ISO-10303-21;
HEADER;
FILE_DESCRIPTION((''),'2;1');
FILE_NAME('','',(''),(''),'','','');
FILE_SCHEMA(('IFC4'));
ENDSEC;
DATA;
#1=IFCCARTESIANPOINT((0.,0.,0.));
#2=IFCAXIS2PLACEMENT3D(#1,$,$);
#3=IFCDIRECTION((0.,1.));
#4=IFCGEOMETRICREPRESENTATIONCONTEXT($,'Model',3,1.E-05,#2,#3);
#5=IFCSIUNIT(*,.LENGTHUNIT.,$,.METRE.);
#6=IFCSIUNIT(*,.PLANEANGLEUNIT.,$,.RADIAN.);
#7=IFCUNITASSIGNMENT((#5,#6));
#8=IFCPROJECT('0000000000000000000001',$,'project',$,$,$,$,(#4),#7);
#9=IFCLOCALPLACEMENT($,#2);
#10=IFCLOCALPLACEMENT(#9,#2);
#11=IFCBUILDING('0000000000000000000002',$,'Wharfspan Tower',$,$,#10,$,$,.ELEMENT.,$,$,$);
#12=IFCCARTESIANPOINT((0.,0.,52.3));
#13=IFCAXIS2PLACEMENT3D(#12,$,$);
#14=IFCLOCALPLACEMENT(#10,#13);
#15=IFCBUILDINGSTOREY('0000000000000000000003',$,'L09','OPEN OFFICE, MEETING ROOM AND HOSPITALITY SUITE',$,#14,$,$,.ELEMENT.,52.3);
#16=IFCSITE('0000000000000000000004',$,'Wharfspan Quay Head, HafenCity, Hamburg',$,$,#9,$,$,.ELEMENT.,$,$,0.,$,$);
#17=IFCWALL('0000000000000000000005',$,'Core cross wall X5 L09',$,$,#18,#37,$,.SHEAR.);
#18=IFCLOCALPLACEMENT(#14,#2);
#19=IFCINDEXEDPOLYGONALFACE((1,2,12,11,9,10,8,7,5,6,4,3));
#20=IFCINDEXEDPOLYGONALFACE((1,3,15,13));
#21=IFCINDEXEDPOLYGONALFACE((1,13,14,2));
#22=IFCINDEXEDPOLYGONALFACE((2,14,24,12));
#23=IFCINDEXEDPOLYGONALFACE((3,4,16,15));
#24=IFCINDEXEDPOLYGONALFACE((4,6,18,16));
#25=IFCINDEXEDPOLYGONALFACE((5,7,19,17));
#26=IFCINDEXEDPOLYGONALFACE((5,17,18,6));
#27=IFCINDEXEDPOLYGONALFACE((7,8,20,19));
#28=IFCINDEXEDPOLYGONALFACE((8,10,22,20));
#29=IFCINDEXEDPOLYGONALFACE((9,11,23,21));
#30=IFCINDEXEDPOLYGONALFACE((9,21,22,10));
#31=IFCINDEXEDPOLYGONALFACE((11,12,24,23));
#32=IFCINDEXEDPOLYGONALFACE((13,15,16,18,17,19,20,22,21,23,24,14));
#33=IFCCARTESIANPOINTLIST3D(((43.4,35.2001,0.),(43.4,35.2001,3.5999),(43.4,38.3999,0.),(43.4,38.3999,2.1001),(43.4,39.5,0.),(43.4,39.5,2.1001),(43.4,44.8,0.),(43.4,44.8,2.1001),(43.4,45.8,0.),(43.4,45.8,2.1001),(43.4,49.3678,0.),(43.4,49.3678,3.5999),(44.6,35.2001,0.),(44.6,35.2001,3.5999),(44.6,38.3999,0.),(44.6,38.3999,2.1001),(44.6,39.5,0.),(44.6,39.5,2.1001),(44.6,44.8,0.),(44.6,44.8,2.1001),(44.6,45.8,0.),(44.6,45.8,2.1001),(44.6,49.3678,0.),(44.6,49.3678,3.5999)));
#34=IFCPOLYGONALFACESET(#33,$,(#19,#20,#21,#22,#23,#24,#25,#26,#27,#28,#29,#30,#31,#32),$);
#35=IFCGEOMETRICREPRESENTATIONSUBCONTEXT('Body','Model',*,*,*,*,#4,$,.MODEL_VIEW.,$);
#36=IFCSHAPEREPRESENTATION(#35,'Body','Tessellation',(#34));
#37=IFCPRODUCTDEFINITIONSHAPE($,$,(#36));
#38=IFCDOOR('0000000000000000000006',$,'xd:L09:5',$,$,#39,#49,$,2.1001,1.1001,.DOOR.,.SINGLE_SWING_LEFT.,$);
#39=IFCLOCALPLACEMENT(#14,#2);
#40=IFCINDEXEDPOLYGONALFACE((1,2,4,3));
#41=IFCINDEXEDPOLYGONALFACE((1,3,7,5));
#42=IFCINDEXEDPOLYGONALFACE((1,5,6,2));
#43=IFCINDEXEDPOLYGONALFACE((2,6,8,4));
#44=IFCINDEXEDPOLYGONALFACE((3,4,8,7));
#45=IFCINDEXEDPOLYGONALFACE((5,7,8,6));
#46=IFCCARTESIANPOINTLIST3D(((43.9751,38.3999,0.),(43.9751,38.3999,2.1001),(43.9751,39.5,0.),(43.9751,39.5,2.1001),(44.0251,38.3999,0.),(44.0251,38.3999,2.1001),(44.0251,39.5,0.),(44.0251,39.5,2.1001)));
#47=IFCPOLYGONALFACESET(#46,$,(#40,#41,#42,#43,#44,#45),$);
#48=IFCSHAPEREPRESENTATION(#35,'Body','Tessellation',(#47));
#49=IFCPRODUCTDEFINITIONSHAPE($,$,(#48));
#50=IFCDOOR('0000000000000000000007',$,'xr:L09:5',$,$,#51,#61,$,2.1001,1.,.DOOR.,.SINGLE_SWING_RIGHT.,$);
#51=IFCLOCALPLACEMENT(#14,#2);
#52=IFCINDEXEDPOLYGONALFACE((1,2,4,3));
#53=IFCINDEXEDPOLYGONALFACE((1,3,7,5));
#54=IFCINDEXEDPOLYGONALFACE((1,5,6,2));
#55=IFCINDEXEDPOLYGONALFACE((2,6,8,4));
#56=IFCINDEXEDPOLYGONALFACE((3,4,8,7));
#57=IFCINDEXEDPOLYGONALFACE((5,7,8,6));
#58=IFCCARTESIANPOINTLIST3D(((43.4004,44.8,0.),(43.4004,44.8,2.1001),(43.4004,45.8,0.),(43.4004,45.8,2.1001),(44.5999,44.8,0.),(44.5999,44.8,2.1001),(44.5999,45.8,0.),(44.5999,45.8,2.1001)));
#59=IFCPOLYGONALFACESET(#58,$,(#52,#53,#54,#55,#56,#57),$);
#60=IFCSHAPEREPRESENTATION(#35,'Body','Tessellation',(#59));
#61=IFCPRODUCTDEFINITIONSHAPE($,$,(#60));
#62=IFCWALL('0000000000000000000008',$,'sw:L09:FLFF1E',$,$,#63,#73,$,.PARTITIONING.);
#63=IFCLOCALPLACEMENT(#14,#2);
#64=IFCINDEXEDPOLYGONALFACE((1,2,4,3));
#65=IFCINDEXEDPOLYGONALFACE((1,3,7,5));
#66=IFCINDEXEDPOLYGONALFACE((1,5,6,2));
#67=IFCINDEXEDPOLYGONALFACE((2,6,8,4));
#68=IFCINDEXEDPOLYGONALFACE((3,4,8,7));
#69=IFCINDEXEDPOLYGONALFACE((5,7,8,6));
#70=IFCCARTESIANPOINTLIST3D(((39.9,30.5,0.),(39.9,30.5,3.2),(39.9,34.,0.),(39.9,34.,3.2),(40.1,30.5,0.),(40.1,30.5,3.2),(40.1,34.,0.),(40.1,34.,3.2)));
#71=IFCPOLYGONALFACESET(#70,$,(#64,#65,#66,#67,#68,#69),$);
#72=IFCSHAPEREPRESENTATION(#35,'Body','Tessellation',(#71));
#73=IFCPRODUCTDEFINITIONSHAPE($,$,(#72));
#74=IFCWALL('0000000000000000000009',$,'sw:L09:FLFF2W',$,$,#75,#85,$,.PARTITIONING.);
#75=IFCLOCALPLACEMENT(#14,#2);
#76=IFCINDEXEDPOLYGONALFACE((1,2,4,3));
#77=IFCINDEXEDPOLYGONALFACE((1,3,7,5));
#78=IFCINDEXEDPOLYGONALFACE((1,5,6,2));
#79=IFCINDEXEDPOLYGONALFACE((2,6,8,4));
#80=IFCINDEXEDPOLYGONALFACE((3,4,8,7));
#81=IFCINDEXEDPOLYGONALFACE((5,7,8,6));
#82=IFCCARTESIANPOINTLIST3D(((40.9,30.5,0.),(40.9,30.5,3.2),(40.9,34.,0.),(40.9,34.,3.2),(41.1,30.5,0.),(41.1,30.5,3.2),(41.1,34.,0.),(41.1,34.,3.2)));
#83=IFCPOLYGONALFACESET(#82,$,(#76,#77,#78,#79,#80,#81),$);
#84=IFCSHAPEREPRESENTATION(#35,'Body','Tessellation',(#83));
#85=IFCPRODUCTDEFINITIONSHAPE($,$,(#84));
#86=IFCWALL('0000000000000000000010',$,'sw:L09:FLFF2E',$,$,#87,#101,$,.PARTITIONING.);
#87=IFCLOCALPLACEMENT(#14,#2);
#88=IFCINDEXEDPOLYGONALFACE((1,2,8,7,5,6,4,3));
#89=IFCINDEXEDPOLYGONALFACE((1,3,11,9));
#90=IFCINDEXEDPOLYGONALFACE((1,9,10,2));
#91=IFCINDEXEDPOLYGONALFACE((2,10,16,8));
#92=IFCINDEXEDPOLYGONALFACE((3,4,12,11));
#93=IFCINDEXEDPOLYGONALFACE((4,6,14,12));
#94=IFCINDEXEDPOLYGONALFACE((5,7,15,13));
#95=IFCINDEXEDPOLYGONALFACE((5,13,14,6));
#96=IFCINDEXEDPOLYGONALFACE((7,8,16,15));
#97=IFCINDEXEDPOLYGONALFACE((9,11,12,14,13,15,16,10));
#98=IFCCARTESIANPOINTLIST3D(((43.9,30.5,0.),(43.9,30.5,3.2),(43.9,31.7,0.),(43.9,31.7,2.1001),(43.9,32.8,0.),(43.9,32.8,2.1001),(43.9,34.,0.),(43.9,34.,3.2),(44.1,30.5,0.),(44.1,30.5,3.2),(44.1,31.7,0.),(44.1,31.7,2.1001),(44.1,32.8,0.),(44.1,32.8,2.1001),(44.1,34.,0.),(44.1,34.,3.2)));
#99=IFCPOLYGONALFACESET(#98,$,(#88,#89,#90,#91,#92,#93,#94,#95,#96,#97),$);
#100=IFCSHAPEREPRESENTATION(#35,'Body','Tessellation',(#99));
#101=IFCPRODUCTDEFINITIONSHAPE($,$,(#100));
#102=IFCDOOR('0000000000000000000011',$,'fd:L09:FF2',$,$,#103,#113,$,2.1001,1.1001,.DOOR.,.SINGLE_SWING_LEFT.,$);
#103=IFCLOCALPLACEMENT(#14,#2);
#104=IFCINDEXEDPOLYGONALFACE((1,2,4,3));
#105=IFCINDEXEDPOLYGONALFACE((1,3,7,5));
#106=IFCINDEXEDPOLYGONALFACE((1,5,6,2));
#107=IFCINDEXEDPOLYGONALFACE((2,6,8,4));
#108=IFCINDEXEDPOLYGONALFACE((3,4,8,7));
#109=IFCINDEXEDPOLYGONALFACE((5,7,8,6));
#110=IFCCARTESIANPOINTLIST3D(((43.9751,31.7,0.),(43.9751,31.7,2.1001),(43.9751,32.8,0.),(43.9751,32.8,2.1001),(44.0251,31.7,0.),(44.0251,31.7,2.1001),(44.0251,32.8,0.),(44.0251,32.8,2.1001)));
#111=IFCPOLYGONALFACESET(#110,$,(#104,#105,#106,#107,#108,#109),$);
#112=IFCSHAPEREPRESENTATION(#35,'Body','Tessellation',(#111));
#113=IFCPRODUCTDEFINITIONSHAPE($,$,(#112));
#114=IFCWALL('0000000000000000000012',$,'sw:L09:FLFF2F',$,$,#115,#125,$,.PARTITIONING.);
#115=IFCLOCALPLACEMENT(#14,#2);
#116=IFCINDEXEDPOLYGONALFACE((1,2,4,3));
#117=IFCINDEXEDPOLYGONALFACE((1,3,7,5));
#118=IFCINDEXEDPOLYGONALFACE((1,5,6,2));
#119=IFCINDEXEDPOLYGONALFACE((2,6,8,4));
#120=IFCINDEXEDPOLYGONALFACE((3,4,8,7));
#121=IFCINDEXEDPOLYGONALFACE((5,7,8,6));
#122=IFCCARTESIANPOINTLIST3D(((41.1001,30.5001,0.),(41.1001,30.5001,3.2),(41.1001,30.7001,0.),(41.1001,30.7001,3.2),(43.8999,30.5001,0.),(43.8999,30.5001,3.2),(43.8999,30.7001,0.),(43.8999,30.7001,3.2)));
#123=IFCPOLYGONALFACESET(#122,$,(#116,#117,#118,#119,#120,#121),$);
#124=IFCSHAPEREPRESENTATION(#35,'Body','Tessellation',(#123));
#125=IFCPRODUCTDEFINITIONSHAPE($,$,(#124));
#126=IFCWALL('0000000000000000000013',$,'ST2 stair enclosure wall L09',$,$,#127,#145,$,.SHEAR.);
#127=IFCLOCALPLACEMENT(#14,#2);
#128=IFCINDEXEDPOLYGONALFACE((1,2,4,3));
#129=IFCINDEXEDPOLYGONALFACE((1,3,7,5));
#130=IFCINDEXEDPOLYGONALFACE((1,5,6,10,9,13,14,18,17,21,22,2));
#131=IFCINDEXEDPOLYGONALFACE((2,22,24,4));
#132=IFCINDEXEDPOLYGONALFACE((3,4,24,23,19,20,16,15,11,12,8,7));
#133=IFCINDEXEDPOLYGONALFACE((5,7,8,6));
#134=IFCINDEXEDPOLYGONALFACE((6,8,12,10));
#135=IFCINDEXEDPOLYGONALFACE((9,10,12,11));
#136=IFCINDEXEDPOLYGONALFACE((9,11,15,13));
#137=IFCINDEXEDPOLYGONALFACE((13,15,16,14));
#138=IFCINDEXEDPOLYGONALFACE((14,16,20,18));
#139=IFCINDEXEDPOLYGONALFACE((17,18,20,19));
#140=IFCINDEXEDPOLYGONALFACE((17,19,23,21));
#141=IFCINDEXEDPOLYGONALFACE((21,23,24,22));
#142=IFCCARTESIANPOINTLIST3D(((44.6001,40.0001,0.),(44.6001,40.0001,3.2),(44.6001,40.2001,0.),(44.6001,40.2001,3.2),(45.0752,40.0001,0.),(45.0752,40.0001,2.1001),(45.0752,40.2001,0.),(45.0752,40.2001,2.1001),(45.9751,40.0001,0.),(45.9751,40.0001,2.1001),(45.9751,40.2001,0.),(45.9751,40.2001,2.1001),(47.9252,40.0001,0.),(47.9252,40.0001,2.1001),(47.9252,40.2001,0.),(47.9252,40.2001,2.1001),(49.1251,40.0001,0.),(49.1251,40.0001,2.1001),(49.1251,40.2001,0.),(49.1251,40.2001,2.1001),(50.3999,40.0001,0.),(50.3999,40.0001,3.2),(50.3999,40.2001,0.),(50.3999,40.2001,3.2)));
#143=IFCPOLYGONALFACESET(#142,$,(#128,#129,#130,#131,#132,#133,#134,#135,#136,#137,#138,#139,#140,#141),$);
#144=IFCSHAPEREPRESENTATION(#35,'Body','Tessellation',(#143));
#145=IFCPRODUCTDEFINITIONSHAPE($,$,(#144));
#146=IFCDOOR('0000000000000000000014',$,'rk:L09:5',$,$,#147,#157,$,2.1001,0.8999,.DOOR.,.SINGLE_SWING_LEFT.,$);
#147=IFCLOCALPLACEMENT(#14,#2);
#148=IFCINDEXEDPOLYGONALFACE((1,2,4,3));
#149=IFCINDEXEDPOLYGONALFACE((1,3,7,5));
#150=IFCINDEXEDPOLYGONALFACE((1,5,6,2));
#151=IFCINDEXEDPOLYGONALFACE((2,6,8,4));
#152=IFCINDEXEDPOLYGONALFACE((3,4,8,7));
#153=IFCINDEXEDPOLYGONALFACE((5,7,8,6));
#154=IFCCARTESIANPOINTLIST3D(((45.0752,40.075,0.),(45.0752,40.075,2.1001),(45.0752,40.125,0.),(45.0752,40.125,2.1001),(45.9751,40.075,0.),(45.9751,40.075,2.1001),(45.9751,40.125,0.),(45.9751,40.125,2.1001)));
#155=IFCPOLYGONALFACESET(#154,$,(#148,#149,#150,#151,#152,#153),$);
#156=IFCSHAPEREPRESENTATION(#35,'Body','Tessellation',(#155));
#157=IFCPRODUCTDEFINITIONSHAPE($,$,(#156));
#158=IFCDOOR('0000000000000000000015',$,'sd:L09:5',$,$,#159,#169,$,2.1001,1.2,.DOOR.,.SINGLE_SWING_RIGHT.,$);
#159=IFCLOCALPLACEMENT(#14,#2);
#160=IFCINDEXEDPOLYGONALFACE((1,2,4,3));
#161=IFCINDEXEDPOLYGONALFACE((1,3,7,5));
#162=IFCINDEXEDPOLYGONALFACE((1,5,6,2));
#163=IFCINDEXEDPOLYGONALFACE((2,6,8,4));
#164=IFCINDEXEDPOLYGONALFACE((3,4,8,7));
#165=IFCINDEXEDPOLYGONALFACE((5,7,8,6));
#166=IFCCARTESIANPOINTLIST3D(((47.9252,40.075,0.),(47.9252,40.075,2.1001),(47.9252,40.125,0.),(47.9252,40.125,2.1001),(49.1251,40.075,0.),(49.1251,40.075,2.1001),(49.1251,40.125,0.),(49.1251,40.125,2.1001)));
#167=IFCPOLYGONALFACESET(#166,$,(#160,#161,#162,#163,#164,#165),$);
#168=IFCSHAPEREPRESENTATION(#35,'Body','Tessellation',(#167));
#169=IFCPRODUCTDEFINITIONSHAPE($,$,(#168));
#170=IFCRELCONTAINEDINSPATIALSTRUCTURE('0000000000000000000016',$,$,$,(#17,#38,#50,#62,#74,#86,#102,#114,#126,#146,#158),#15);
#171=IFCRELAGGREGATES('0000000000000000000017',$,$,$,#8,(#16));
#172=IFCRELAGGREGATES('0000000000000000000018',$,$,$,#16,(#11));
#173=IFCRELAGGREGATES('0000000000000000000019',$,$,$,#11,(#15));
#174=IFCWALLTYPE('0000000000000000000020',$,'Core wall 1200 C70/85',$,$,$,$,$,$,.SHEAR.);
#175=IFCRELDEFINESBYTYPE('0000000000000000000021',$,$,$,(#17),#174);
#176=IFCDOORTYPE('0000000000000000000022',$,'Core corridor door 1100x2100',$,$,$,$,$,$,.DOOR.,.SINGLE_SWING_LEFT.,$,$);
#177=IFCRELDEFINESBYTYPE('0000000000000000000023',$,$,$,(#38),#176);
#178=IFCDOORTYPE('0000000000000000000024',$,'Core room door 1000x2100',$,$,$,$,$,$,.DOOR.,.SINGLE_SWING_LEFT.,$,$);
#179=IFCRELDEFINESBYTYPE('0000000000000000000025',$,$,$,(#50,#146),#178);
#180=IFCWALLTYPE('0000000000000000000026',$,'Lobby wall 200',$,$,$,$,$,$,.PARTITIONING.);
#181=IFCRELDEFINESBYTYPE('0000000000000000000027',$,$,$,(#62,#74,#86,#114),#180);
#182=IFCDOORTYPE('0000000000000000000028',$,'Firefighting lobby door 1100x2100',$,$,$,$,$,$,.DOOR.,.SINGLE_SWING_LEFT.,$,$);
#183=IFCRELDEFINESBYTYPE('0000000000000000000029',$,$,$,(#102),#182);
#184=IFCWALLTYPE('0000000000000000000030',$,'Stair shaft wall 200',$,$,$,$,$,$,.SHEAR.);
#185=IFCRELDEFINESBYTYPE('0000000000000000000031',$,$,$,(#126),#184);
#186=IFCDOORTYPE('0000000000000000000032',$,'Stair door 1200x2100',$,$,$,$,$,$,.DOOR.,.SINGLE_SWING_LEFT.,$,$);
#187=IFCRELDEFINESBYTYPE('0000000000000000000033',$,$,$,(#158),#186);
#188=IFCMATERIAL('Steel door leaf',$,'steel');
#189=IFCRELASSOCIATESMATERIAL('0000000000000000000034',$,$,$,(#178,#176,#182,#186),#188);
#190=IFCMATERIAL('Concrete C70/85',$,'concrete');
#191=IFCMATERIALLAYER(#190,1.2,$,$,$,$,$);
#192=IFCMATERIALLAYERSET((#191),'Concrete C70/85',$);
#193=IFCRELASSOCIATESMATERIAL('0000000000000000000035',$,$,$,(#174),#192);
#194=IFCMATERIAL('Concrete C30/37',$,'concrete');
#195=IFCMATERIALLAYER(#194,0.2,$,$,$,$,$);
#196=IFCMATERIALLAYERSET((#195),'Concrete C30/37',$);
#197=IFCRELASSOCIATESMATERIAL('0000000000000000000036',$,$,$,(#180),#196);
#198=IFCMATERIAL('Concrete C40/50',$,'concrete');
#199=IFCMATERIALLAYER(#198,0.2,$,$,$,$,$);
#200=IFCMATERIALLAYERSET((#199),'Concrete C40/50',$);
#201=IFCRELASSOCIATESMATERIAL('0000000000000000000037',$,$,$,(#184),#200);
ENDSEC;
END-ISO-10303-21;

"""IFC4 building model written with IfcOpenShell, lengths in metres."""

from ifc_helpers import new_model, si_unit, direction, frame, frame_2d, origin, place, context, subcontext, project, spatial, rectangle, extrude, material, layer, layer_set, type_object, element, fill, save


model = new_model("IFC4")

# Units and contexts
model_context = context("Model", 3, precision=1e-05, world=origin(), true_north=direction((0.0, 1.0)))
body_context = subcontext(model_context, "Body", "Model", "MODEL_VIEW")
ifc_project = project(units=[si_unit("LENGTHUNIT", "METRE"), si_unit("PLANEANGLEUNIT", "RADIAN")], contexts=[model_context])

# Site, building, storey
site_placement = place(None, origin())
site = spatial("IfcSite", under=ifc_project, at=site_placement, Name="Wharfspan Quay Head, HafenCity, Hamburg", CompositionType="ELEMENT", RefElevation=0.0)
building_placement = place(site_placement, origin())
building = spatial("IfcBuilding", under=site, at=building_placement, Name="Wharfspan Tower", CompositionType="ELEMENT")
storey_placement = place(building_placement, frame((0.0, 0.0, 52.3)))
storey = spatial("IfcBuildingStorey", under=building, at=storey_placement, Name="L09", Description="OPEN OFFICE, MEETING ROOM AND HOSPITALITY SUITE", CompositionType="ELEMENT", Elevation=52.3)

# Shared definitions
ifc_material_1 = material(Name="Steel door leaf", Category="steel")
door_type_1 = type_object("IfcDoorType", Name="Core room door 1000x2100", OperationType="SINGLE_SWING_LEFT", PredefinedType="DOOR", material=ifc_material_1)

# Wall, openings, doors
ifc_material_2 = material(Name="Concrete C70/85", Category="concrete")
ifc_layer_1 = layer(ifc_material_2, 1.2)
ifc_layer_set_1 = layer_set([ifc_layer_1], Name="Concrete C70/85")
wall_type_1 = type_object("IfcWallType", Name="Core wall 1200 C70/85", PredefinedType="SHEAR", material=ifc_layer_set_1)
wall_1_placement = place(storey_placement, frame((44.0, 35.2, 0.0), z_axis=(0.0, 0.0, 1.0), x_axis=(0.0, 1.0, 0.0)))
wall_1 = element("IfcWall", 1, at=wall_1_placement, inside=storey, type_object=wall_type_1, Name="Core cross wall X5 L09", PredefinedType="SHEAR", context=body_context, shape_type="SweptSolid", body=[
    extrude(rectangle(XDim=14.1677, YDim=1.2, at=frame_2d((7.084, 0.0))), origin(), (0.0, 0.0, 1.0), 3.5999),
])
opening_1_placement = place(wall_1_placement, frame((3.2, 0.0, 0.0)))
opening_1 = element("IfcOpeningElement", 2, at=opening_1_placement, cuts=wall_1, PredefinedType="OPENING", context=body_context, shape_type="SweptSolid", body=[
    extrude(rectangle(XDim=1.1001, YDim=2.1001, at=frame_2d((0.55, 1.05))), frame((0.0, 0.6099, 0.0), z_axis=(0.0, -1.0, 0.0), x_axis=(1.0, 0.0, 0.0)), (0.0, 0.0, 1.0), 1.22),
])
opening_2_placement = place(wall_1_placement, frame((9.6001, 0.0, 0.0)))
opening_2 = element("IfcOpeningElement", 3, at=opening_2_placement, cuts=wall_1, PredefinedType="OPENING", context=body_context, shape_type="SweptSolid", body=[
    extrude(rectangle(XDim=1.0, YDim=2.1001, at=frame_2d((0.5, 1.05))), frame((0.0, 0.6099, 0.0), z_axis=(0.0, -1.0, 0.0), x_axis=(1.0, 0.0, 0.0)), (0.0, 0.0, 1.0), 1.22),
])
door_type_2 = type_object("IfcDoorType", Name="Core corridor door 1100x2100", OperationType="SINGLE_SWING_LEFT", PredefinedType="DOOR", material=ifc_material_1)
door_1_placement = place(opening_1_placement, origin())
door_1 = element("IfcDoor", 4, at=door_1_placement, inside=storey, type_object=door_type_2, Name="xd:L09:5", OperationType="SINGLE_SWING_LEFT", OverallHeight=2.1001, OverallWidth=1.1001, PredefinedType="DOOR", context=body_context, shape_type="SweptSolid", body=[
    extrude(rectangle(XDim=1.1001, YDim=2.1001, at=frame_2d((0.55, 1.05))), frame((0.0, 0.0249, 0.0), z_axis=(0.0, -1.0, 0.0), x_axis=(1.0, 0.0, 0.0)), (0.0, 0.0, 1.0), 0.05),
])
fill(opening_1, door_1)
door_2_placement = place(opening_2_placement, origin())
door_2 = element("IfcDoor", 5, at=door_2_placement, inside=storey, type_object=door_type_1, Name="xr:L09:5", OperationType="SINGLE_SWING_RIGHT", OverallHeight=2.1001, OverallWidth=1.0, PredefinedType="DOOR", context=body_context, shape_type="SweptSolid", body=[
    extrude(rectangle(XDim=1.0, YDim=2.1001, at=frame_2d((0.5, 1.05))), frame((0.0, 0.5996, 0.0), z_axis=(0.0, -1.0, 0.0), x_axis=(1.0, 0.0, 0.0)), (0.0, 0.0, 1.0), 1.1995),
])
fill(opening_2, door_2)

# Walls
ifc_material_3 = material(Name="Concrete C30/37", Category="concrete")
ifc_layer_2 = layer(ifc_material_3, 0.2)
ifc_layer_set_2 = layer_set([ifc_layer_2], Name="Concrete C30/37")
wall_type_2 = type_object("IfcWallType", Name="Lobby wall 200", PredefinedType="PARTITIONING", material=ifc_layer_set_2)
for number, where, z_axis, x_axis, name in (
    (6, (40.0, 30.5, 0.0), (0.0, 0.0, 1.0), (0.0, 1.0, 0.0), "sw:L09:FLFF1E"),
    (7, (41.0, 30.5, 0.0), (0.0, 0.0, 1.0), (0.0, 1.0, 0.0), "sw:L09:FLFF2W"),
):
    element("IfcWall", number, at=place(storey_placement, frame(where, z_axis=z_axis, x_axis=x_axis)), inside=storey, type_object=wall_type_2, Name=name, PredefinedType="PARTITIONING", context=body_context, shape_type="SweptSolid", body=[
        extrude(rectangle(XDim=3.5, YDim=0.2, at=frame_2d((1.75, 0.0))), origin(), (0.0, 0.0, 1.0), 3.2),
    ])

# Wall, opening, door
wall_2_placement = place(storey_placement, frame((44.0, 30.5, 0.0), z_axis=(0.0, 0.0, 1.0), x_axis=(0.0, 1.0, 0.0)))
wall_2 = element("IfcWall", 8, at=wall_2_placement, inside=storey, type_object=wall_type_2, Name="sw:L09:FLFF2E", PredefinedType="PARTITIONING", context=body_context, shape_type="SweptSolid", body=[
    extrude(rectangle(XDim=3.5, YDim=0.2, at=frame_2d((1.75, 0.0))), origin(), (0.0, 0.0, 1.0), 3.2),
])
opening_3_placement = place(wall_2_placement, frame((1.2, 0.0, 0.0)))
opening_3 = element("IfcOpeningElement", 9, at=opening_3_placement, cuts=wall_2, PredefinedType="OPENING", context=body_context, shape_type="SweptSolid", body=[
    extrude(rectangle(XDim=1.1001, YDim=2.1001, at=frame_2d((0.55, 1.05))), frame((0.0, 0.1099, 0.0), z_axis=(0.0, -1.0, 0.0), x_axis=(1.0, 0.0, 0.0)), (0.0, 0.0, 1.0), 0.22),
])
door_type_3 = type_object("IfcDoorType", Name="Firefighting lobby door 1100x2100", OperationType="SINGLE_SWING_LEFT", PredefinedType="DOOR", material=ifc_material_1)
door_3_placement = place(opening_3_placement, origin())
door_3 = element("IfcDoor", 10, at=door_3_placement, inside=storey, type_object=door_type_3, Name="fd:L09:FF2", OperationType="SINGLE_SWING_LEFT", OverallHeight=2.1001, OverallWidth=1.1001, PredefinedType="DOOR", context=body_context, shape_type="SweptSolid", body=[
    extrude(rectangle(XDim=1.1001, YDim=2.1001, at=frame_2d((0.55, 1.05))), frame((0.0, 0.0249, 0.0), z_axis=(0.0, -1.0, 0.0), x_axis=(1.0, 0.0, 0.0)), (0.0, 0.0, 1.0), 0.05),
])
fill(opening_3, door_3)

# Wall
wall_3_placement = place(storey_placement, frame((41.1001, 30.6001, 0.0), z_axis=(0.0, 0.0, 1.0), x_axis=(1.0, 0.0, 0.0)))
element("IfcWall", 11, at=wall_3_placement, inside=storey, type_object=wall_type_2, Name="sw:L09:FLFF2F", PredefinedType="PARTITIONING", context=body_context, shape_type="SweptSolid", body=[
    extrude(rectangle(XDim=2.7998, YDim=0.2, at=frame_2d((1.3999, 0.0))), origin(), (0.0, 0.0, 1.0), 3.2),
])

# Wall, openings, doors
ifc_material_4 = material(Name="Concrete C40/50", Category="concrete")
ifc_layer_3 = layer(ifc_material_4, 0.2)
ifc_layer_set_3 = layer_set([ifc_layer_3], Name="Concrete C40/50")
wall_type_3 = type_object("IfcWallType", Name="Stair shaft wall 200", PredefinedType="SHEAR", material=ifc_layer_set_3)
wall_4_placement = place(storey_placement, frame((44.6001, 40.1001, 0.0), z_axis=(0.0, 0.0, 1.0), x_axis=(1.0, 0.0, 0.0)))
wall_4 = element("IfcWall", 12, at=wall_4_placement, inside=storey, type_object=wall_type_3, Name="ST2 stair enclosure wall L09", PredefinedType="SHEAR", context=body_context, shape_type="SweptSolid", body=[
    extrude(rectangle(XDim=5.7998, YDim=0.2, at=frame_2d((2.8999, 0.0))), origin(), (0.0, 0.0, 1.0), 3.2),
])
opening_4_placement = place(wall_4_placement, frame((3.325, 0.0, 0.0)))
opening_4 = element("IfcOpeningElement", 13, at=opening_4_placement, cuts=wall_4, PredefinedType="OPENING", context=body_context, shape_type="SweptSolid", body=[
    extrude(rectangle(XDim=1.2, YDim=2.1001, at=frame_2d((0.6001, 1.05))), frame((0.0, 0.1099, 0.0), z_axis=(0.0, -1.0, 0.0), x_axis=(1.0, 0.0, 0.0)), (0.0, 0.0, 1.0), 0.22),
])
opening_5_placement = place(wall_4_placement, frame((0.4751, 0.0, 0.0)))
opening_5 = element("IfcOpeningElement", 14, at=opening_5_placement, cuts=wall_4, PredefinedType="OPENING", context=body_context, shape_type="SweptSolid", body=[
    extrude(rectangle(XDim=0.8999, YDim=2.1001, at=frame_2d((0.45, 1.05))), frame((0.0, 0.1099, 0.0), z_axis=(0.0, -1.0, 0.0), x_axis=(1.0, 0.0, 0.0)), (0.0, 0.0, 1.0), 0.22),
])
door_4_placement = place(opening_5_placement, origin())
door_4 = element("IfcDoor", 15, at=door_4_placement, inside=storey, type_object=door_type_1, Name="rk:L09:5", OperationType="SINGLE_SWING_LEFT", OverallHeight=2.1001, OverallWidth=0.8999, PredefinedType="DOOR", context=body_context, shape_type="SweptSolid", body=[
    extrude(rectangle(XDim=0.8999, YDim=2.1001, at=frame_2d((0.45, 1.05))), frame((0.0, 0.0249, 0.0), z_axis=(0.0, -1.0, 0.0), x_axis=(1.0, 0.0, 0.0)), (0.0, 0.0, 1.0), 0.05),
])
fill(opening_5, door_4)
door_type_4 = type_object("IfcDoorType", Name="Stair door 1200x2100", OperationType="SINGLE_SWING_LEFT", PredefinedType="DOOR", material=ifc_material_1)
door_5_placement = place(opening_4_placement, origin())
door_5 = element("IfcDoor", 16, at=door_5_placement, inside=storey, type_object=door_type_4, Name="sd:L09:5", OperationType="SINGLE_SWING_RIGHT", OverallHeight=2.1001, OverallWidth=1.2, PredefinedType="DOOR", context=body_context, shape_type="SweptSolid", body=[
    extrude(rectangle(XDim=1.2, YDim=2.1001, at=frame_2d((0.6001, 1.05))), frame((0.0, 0.0249, 0.0), z_axis=(0.0, -1.0, 0.0), x_axis=(1.0, 0.0, 0.0)), (0.0, 0.0, 1.0), 0.05),
])
fill(opening_4, door_5)

save(model, "model.ifc")
